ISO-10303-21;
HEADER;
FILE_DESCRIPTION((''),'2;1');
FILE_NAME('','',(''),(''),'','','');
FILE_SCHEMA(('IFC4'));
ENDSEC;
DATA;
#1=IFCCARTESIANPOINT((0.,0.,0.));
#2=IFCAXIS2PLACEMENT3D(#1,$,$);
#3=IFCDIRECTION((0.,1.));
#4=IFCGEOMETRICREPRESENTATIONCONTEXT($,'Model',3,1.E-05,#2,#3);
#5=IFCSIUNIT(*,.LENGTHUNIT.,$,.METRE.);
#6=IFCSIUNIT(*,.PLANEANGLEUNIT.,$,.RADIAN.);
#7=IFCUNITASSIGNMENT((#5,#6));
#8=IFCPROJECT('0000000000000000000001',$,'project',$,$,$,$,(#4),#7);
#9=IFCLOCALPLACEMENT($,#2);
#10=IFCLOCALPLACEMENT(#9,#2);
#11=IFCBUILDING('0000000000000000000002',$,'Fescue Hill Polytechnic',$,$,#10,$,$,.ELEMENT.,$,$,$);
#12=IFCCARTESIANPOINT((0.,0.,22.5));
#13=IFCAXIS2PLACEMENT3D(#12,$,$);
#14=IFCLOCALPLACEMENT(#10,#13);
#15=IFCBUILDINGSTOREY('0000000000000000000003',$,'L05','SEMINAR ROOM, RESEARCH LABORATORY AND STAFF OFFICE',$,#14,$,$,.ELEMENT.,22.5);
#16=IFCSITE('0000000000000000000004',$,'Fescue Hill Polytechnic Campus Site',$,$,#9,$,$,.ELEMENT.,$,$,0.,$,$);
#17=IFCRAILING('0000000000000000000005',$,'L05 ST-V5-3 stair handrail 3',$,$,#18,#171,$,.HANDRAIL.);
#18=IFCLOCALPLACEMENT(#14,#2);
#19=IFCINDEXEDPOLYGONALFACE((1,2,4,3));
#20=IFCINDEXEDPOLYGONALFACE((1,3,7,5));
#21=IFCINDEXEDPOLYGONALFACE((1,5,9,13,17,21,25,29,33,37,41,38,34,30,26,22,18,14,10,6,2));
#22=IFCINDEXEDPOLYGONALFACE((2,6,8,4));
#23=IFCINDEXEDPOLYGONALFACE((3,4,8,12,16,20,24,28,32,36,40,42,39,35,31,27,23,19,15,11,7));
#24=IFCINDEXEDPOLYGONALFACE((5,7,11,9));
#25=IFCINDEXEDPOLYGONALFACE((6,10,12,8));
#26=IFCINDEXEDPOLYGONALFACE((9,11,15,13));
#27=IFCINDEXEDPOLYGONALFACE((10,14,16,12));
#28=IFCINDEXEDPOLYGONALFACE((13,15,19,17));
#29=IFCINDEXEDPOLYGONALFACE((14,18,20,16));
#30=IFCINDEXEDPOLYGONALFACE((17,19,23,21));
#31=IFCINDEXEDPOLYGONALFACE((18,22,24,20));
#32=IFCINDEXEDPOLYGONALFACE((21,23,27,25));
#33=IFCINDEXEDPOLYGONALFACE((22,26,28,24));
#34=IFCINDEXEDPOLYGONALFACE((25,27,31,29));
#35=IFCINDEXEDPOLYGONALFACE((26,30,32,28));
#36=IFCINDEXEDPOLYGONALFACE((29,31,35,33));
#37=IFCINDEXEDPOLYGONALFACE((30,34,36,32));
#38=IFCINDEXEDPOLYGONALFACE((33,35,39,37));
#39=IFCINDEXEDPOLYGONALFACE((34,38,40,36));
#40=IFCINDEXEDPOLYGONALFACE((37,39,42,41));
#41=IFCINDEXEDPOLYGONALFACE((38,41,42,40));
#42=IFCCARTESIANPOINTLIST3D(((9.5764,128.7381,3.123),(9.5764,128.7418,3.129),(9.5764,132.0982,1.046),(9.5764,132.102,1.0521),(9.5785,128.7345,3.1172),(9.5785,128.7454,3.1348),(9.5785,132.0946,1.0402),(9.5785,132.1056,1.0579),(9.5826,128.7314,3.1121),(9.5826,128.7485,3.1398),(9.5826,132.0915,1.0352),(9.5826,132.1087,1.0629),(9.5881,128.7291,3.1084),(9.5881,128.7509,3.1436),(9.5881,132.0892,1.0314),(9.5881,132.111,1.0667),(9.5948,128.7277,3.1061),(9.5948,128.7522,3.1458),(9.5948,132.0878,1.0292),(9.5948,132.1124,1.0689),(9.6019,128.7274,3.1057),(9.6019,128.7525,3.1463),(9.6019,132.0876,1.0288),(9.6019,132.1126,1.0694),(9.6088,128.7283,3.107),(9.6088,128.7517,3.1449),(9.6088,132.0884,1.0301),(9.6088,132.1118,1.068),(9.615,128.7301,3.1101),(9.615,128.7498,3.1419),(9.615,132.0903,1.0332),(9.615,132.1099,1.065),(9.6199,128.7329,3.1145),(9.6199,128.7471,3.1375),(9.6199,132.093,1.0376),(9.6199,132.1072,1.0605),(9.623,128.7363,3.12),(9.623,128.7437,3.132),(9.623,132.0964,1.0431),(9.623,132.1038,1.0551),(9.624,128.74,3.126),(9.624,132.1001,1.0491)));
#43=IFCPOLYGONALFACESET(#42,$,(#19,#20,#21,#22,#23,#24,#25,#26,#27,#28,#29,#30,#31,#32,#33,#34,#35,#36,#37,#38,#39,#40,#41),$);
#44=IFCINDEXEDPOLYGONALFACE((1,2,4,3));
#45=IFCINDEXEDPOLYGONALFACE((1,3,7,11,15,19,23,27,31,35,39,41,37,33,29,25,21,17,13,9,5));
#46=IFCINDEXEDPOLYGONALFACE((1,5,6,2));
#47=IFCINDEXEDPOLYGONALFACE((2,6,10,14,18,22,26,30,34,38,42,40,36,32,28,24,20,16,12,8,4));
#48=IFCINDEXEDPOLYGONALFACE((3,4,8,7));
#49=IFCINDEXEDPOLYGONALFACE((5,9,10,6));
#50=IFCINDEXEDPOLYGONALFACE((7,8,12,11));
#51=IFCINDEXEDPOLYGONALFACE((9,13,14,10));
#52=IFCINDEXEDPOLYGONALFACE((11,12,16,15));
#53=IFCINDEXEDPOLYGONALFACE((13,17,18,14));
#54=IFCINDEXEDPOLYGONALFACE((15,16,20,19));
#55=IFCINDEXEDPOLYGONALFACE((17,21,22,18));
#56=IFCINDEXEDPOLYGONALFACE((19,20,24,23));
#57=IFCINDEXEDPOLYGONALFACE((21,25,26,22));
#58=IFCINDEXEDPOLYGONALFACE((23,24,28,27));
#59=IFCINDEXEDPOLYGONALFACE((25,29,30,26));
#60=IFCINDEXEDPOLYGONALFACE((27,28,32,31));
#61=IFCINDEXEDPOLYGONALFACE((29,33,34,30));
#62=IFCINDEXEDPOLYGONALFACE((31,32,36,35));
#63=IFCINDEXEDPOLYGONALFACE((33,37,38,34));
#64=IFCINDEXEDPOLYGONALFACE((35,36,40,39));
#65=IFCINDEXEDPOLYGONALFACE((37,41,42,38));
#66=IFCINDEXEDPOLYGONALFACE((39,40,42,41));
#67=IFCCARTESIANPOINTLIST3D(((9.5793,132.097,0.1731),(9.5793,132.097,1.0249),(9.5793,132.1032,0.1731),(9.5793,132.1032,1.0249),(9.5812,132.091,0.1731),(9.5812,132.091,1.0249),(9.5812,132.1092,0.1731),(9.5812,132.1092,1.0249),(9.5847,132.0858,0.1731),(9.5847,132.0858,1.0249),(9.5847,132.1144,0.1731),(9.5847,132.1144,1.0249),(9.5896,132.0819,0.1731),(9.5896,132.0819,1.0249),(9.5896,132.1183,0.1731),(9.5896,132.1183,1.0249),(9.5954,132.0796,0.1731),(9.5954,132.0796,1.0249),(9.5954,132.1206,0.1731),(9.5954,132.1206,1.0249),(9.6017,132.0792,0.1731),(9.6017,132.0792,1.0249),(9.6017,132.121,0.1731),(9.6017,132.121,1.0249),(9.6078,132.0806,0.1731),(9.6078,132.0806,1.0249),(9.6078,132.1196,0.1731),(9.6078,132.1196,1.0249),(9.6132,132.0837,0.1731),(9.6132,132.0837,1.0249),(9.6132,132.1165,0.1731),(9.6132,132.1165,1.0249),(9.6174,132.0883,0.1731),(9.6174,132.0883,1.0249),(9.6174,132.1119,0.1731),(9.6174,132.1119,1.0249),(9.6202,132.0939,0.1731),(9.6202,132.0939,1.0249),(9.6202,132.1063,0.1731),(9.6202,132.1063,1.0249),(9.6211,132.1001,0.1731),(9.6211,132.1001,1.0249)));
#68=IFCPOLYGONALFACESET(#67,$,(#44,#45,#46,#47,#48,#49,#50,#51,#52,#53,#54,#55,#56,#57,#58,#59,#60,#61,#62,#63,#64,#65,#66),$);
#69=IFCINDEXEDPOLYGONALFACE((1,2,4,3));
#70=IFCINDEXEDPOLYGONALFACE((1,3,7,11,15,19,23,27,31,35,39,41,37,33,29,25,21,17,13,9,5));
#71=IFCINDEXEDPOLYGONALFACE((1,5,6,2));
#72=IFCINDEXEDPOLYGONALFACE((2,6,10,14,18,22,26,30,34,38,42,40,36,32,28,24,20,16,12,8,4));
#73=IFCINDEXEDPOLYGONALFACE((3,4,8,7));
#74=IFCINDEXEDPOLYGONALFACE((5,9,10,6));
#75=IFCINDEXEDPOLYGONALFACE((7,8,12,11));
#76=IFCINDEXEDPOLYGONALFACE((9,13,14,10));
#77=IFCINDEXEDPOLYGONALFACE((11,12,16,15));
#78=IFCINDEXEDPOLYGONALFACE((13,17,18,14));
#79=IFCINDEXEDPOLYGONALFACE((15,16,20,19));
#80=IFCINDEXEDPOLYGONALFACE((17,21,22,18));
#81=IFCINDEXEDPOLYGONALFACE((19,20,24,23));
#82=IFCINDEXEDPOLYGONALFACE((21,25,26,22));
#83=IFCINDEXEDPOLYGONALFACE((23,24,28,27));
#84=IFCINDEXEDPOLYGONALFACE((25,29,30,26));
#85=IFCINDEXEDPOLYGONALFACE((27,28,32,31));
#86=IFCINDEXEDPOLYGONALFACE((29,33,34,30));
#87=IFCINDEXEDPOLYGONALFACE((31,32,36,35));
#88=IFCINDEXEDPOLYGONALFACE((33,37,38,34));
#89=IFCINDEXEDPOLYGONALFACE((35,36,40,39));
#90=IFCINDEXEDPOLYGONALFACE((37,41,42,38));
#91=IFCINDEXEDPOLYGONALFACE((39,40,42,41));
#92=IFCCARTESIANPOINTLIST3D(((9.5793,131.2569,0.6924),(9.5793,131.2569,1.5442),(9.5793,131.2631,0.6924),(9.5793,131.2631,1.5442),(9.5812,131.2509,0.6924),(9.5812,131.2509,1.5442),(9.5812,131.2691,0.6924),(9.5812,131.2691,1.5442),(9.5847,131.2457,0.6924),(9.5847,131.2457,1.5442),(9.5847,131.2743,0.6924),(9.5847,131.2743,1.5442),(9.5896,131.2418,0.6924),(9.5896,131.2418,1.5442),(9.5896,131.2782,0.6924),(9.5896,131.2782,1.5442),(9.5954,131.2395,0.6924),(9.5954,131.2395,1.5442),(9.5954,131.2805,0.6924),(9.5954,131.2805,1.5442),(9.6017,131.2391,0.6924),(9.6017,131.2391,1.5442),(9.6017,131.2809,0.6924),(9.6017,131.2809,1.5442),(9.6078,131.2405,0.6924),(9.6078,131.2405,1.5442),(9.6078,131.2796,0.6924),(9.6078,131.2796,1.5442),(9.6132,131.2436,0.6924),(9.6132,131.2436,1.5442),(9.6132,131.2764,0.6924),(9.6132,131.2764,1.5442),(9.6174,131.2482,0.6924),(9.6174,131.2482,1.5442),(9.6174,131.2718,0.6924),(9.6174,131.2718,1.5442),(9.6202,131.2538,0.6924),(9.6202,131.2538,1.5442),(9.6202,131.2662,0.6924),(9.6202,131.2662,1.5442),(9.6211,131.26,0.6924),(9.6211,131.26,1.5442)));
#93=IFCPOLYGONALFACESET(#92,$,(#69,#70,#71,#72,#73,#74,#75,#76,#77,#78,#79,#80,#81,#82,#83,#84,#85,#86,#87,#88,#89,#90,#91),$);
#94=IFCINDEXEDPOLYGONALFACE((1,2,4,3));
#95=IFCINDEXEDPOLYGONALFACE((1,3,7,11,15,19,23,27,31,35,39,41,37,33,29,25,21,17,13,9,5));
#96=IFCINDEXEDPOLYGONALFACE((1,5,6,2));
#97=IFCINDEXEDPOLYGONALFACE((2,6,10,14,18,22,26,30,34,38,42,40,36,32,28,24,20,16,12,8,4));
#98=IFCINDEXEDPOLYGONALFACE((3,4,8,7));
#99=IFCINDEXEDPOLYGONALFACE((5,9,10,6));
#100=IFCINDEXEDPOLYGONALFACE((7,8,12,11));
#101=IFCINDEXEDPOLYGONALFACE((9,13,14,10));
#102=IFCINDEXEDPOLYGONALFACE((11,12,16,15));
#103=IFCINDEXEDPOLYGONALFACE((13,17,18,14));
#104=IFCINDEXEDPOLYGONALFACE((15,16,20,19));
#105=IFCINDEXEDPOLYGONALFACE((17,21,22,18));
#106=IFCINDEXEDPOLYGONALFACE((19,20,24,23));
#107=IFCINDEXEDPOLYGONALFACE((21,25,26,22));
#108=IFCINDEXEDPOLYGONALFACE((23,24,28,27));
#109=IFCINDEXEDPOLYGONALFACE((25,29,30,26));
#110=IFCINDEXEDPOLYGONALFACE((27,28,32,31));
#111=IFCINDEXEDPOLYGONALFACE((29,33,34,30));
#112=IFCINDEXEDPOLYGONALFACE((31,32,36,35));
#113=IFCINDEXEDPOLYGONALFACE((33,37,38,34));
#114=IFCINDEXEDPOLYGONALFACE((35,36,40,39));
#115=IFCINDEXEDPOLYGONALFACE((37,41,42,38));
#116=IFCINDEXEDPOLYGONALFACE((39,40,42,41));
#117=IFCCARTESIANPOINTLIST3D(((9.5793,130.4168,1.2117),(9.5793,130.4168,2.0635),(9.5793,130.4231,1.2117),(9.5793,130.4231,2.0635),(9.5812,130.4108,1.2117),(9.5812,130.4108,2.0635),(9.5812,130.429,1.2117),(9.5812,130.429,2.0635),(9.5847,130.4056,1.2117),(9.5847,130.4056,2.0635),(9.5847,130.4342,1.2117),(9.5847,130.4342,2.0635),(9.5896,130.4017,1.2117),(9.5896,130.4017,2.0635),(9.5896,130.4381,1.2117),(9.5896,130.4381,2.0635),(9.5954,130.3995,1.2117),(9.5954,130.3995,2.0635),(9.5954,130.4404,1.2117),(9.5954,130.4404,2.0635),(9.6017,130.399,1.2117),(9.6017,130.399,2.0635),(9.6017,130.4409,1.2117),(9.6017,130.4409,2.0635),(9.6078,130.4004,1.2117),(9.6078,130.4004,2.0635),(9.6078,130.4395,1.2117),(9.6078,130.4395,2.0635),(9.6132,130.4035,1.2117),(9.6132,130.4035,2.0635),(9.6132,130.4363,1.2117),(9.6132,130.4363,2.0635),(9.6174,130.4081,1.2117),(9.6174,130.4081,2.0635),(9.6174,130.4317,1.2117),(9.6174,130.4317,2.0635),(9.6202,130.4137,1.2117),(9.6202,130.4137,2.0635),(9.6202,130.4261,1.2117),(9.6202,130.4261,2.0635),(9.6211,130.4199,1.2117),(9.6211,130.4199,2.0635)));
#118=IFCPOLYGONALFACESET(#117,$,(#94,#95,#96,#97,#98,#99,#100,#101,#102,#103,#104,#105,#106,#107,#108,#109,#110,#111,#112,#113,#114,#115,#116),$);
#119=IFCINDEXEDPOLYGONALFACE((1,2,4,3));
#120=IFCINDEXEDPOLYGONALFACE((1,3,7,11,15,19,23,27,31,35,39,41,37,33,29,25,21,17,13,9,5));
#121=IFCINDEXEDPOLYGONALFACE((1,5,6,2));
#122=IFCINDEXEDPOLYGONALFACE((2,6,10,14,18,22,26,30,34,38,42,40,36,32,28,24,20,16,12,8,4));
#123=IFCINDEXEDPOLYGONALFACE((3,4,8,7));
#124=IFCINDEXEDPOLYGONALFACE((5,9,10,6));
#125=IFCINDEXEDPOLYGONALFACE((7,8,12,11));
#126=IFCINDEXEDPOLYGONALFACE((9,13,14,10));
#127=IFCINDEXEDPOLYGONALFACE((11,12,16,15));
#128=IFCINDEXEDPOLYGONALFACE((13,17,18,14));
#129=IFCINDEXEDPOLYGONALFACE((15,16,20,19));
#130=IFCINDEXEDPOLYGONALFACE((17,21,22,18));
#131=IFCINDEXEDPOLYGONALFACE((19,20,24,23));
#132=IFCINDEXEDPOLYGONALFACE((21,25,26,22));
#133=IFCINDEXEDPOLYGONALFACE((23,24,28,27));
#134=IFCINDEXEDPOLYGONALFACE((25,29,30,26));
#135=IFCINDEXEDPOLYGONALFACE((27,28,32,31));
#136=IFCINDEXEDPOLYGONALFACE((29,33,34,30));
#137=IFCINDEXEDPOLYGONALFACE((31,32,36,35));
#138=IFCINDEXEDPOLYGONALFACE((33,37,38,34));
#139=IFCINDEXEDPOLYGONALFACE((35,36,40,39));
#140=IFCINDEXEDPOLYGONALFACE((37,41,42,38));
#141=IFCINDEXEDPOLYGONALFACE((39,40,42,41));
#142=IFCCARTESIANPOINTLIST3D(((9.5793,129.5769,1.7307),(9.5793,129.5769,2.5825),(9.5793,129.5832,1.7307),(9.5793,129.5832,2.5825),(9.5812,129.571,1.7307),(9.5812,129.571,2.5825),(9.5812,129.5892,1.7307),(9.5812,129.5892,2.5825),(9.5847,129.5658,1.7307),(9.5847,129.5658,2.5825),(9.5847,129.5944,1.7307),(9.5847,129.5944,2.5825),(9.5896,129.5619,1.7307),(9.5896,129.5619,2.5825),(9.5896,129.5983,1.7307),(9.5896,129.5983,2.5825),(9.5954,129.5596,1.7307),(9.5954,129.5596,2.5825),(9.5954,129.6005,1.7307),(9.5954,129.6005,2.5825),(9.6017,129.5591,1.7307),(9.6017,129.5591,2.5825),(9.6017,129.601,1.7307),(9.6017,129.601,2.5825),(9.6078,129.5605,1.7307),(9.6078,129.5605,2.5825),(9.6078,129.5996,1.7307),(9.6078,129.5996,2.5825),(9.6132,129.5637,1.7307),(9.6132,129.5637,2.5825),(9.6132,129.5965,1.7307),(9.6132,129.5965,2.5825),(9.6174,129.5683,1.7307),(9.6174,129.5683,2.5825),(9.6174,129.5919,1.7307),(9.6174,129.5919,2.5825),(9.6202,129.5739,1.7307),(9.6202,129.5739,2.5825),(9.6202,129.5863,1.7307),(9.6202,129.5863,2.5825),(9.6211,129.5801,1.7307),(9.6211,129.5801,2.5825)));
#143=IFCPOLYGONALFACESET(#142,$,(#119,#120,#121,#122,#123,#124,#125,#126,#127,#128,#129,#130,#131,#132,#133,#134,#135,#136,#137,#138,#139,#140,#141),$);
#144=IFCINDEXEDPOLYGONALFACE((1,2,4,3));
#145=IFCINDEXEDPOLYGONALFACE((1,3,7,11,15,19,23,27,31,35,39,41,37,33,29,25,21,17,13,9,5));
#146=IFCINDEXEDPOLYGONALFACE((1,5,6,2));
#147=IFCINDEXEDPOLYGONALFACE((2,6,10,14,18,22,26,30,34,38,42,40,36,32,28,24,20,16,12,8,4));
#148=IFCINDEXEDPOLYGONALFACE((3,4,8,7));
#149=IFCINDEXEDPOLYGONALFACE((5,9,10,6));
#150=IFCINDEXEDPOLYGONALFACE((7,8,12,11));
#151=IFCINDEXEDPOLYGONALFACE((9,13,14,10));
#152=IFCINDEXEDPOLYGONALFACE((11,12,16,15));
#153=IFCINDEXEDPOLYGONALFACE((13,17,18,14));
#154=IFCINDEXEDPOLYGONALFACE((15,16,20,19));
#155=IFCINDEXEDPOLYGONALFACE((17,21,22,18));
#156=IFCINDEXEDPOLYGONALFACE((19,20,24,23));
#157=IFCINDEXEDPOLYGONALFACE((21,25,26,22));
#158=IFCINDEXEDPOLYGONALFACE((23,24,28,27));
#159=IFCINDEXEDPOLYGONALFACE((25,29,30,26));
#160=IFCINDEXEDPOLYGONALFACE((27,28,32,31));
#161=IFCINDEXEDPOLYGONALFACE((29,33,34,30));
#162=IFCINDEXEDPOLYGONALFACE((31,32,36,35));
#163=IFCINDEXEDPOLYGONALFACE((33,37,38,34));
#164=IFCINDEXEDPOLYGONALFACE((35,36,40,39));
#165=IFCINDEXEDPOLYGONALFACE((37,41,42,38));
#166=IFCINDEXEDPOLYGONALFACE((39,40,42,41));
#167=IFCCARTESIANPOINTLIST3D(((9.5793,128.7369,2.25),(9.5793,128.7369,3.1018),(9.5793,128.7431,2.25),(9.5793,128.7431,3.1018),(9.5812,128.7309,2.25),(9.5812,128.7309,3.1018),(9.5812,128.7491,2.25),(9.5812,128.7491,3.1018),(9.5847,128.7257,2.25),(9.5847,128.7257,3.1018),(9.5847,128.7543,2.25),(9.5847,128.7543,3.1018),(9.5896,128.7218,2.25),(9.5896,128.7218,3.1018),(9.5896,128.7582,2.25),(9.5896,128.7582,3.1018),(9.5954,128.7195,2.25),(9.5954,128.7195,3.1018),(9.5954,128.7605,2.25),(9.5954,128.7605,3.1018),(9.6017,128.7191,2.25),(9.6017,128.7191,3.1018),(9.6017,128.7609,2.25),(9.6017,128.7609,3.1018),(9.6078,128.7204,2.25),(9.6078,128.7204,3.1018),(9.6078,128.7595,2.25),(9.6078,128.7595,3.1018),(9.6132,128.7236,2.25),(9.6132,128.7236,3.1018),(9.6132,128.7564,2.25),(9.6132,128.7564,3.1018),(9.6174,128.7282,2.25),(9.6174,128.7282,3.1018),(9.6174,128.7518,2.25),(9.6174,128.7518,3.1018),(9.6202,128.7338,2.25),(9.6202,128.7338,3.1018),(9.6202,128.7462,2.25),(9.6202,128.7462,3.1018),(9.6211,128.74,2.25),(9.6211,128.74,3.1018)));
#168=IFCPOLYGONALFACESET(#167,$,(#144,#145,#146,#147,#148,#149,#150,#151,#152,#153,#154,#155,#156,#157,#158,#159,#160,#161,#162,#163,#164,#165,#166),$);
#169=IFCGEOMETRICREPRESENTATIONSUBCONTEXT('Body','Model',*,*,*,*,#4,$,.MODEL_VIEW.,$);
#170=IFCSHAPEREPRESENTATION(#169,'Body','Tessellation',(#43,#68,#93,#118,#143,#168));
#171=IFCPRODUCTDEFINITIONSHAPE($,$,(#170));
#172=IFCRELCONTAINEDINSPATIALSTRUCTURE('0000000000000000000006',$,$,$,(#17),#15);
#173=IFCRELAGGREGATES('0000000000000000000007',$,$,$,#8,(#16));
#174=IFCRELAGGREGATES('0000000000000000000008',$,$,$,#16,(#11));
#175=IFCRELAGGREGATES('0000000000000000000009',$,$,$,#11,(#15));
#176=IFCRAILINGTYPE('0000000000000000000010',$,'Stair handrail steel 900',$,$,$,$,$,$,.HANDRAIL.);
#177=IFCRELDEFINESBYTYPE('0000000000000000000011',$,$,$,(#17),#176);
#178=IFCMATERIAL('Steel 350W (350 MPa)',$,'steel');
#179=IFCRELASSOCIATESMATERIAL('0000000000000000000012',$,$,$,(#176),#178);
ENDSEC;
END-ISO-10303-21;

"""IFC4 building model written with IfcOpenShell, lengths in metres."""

from ifc_helpers import new_model, si_unit, direction, frame, origin, origin_2d, place, context, subcontext, project, spatial, circle, extrude, material, type_object, element, save


model = new_model("IFC4")

# Units and contexts
model_context = context("Model", 3, precision=1e-05, world=origin(), true_north=direction((0.0, 1.0)))
body_context = subcontext(model_context, "Body", "Model", "MODEL_VIEW")
ifc_project = project(units=[si_unit("LENGTHUNIT", "METRE"), si_unit("PLANEANGLEUNIT", "RADIAN")], contexts=[model_context])

# Site, building, storey
site_placement = place(None, origin())
site = spatial("IfcSite", under=ifc_project, at=site_placement, Name="Fescue Hill Polytechnic Campus Site", CompositionType="ELEMENT", RefElevation=0.0)
building_placement = place(site_placement, origin())
building = spatial("IfcBuilding", under=site, at=building_placement, Name="Fescue Hill Polytechnic", CompositionType="ELEMENT")
storey_placement = place(building_placement, frame((0.0, 0.0, 22.5)))
storey = spatial("IfcBuildingStorey", under=building, at=storey_placement, Name="L05", Description="SEMINAR ROOM, RESEARCH LABORATORY AND STAFF OFFICE", CompositionType="ELEMENT", Elevation=22.5)

# Railing
ifc_material_1 = material(Name="Steel 350W (350 MPa)", Category="steel")
railing_type_1 = type_object("IfcRailingType", Name="Stair handrail steel 900", PredefinedType="HANDRAIL", material=ifc_material_1)
for number, where, name in (
    (1, (9.6001, 132.1001, 0.1731), "L05 ST-V5-3 stair handrail 3"),
):
    element("IfcRailing", number, at=place(storey_placement, frame(where)), inside=storey, type_object=railing_type_1, Name=name, PredefinedType="HANDRAIL", context=body_context, shape_type="SweptSolid", body=[
        extrude(circle(Radius=0.0239, at=origin_2d()), frame((0.0, 0.0, 0.876), z_axis=(0.0, -0.850623, 0.525776), x_axis=(1.0, 0.0, 0.0)), (0.0, 0.0, 1.0), 3.9502),
        extrude(circle(Radius=0.021, at=origin_2d()), origin(), (0.0, 0.0, 1.0), 0.8518),
        extrude(circle(Radius=0.021, at=origin_2d()), frame((0.0, -0.8401, 0.5193)), (0.0, 0.0, 1.0), 0.8518),
        extrude(circle(Radius=0.021, at=origin_2d()), frame((0.0, -1.6802, 1.0386)), (0.0, 0.0, 1.0), 0.8518),
        extrude(circle(Radius=0.021, at=origin_2d()), frame((0.0, -2.52, 1.5576)), (0.0, 0.0, 1.0), 0.8518),
        extrude(circle(Radius=0.021, at=origin_2d()), frame((0.0, -3.3601, 2.0769)), (0.0, 0.0, 1.0), 0.8518),
    ])

save(model, "model.ifc")
